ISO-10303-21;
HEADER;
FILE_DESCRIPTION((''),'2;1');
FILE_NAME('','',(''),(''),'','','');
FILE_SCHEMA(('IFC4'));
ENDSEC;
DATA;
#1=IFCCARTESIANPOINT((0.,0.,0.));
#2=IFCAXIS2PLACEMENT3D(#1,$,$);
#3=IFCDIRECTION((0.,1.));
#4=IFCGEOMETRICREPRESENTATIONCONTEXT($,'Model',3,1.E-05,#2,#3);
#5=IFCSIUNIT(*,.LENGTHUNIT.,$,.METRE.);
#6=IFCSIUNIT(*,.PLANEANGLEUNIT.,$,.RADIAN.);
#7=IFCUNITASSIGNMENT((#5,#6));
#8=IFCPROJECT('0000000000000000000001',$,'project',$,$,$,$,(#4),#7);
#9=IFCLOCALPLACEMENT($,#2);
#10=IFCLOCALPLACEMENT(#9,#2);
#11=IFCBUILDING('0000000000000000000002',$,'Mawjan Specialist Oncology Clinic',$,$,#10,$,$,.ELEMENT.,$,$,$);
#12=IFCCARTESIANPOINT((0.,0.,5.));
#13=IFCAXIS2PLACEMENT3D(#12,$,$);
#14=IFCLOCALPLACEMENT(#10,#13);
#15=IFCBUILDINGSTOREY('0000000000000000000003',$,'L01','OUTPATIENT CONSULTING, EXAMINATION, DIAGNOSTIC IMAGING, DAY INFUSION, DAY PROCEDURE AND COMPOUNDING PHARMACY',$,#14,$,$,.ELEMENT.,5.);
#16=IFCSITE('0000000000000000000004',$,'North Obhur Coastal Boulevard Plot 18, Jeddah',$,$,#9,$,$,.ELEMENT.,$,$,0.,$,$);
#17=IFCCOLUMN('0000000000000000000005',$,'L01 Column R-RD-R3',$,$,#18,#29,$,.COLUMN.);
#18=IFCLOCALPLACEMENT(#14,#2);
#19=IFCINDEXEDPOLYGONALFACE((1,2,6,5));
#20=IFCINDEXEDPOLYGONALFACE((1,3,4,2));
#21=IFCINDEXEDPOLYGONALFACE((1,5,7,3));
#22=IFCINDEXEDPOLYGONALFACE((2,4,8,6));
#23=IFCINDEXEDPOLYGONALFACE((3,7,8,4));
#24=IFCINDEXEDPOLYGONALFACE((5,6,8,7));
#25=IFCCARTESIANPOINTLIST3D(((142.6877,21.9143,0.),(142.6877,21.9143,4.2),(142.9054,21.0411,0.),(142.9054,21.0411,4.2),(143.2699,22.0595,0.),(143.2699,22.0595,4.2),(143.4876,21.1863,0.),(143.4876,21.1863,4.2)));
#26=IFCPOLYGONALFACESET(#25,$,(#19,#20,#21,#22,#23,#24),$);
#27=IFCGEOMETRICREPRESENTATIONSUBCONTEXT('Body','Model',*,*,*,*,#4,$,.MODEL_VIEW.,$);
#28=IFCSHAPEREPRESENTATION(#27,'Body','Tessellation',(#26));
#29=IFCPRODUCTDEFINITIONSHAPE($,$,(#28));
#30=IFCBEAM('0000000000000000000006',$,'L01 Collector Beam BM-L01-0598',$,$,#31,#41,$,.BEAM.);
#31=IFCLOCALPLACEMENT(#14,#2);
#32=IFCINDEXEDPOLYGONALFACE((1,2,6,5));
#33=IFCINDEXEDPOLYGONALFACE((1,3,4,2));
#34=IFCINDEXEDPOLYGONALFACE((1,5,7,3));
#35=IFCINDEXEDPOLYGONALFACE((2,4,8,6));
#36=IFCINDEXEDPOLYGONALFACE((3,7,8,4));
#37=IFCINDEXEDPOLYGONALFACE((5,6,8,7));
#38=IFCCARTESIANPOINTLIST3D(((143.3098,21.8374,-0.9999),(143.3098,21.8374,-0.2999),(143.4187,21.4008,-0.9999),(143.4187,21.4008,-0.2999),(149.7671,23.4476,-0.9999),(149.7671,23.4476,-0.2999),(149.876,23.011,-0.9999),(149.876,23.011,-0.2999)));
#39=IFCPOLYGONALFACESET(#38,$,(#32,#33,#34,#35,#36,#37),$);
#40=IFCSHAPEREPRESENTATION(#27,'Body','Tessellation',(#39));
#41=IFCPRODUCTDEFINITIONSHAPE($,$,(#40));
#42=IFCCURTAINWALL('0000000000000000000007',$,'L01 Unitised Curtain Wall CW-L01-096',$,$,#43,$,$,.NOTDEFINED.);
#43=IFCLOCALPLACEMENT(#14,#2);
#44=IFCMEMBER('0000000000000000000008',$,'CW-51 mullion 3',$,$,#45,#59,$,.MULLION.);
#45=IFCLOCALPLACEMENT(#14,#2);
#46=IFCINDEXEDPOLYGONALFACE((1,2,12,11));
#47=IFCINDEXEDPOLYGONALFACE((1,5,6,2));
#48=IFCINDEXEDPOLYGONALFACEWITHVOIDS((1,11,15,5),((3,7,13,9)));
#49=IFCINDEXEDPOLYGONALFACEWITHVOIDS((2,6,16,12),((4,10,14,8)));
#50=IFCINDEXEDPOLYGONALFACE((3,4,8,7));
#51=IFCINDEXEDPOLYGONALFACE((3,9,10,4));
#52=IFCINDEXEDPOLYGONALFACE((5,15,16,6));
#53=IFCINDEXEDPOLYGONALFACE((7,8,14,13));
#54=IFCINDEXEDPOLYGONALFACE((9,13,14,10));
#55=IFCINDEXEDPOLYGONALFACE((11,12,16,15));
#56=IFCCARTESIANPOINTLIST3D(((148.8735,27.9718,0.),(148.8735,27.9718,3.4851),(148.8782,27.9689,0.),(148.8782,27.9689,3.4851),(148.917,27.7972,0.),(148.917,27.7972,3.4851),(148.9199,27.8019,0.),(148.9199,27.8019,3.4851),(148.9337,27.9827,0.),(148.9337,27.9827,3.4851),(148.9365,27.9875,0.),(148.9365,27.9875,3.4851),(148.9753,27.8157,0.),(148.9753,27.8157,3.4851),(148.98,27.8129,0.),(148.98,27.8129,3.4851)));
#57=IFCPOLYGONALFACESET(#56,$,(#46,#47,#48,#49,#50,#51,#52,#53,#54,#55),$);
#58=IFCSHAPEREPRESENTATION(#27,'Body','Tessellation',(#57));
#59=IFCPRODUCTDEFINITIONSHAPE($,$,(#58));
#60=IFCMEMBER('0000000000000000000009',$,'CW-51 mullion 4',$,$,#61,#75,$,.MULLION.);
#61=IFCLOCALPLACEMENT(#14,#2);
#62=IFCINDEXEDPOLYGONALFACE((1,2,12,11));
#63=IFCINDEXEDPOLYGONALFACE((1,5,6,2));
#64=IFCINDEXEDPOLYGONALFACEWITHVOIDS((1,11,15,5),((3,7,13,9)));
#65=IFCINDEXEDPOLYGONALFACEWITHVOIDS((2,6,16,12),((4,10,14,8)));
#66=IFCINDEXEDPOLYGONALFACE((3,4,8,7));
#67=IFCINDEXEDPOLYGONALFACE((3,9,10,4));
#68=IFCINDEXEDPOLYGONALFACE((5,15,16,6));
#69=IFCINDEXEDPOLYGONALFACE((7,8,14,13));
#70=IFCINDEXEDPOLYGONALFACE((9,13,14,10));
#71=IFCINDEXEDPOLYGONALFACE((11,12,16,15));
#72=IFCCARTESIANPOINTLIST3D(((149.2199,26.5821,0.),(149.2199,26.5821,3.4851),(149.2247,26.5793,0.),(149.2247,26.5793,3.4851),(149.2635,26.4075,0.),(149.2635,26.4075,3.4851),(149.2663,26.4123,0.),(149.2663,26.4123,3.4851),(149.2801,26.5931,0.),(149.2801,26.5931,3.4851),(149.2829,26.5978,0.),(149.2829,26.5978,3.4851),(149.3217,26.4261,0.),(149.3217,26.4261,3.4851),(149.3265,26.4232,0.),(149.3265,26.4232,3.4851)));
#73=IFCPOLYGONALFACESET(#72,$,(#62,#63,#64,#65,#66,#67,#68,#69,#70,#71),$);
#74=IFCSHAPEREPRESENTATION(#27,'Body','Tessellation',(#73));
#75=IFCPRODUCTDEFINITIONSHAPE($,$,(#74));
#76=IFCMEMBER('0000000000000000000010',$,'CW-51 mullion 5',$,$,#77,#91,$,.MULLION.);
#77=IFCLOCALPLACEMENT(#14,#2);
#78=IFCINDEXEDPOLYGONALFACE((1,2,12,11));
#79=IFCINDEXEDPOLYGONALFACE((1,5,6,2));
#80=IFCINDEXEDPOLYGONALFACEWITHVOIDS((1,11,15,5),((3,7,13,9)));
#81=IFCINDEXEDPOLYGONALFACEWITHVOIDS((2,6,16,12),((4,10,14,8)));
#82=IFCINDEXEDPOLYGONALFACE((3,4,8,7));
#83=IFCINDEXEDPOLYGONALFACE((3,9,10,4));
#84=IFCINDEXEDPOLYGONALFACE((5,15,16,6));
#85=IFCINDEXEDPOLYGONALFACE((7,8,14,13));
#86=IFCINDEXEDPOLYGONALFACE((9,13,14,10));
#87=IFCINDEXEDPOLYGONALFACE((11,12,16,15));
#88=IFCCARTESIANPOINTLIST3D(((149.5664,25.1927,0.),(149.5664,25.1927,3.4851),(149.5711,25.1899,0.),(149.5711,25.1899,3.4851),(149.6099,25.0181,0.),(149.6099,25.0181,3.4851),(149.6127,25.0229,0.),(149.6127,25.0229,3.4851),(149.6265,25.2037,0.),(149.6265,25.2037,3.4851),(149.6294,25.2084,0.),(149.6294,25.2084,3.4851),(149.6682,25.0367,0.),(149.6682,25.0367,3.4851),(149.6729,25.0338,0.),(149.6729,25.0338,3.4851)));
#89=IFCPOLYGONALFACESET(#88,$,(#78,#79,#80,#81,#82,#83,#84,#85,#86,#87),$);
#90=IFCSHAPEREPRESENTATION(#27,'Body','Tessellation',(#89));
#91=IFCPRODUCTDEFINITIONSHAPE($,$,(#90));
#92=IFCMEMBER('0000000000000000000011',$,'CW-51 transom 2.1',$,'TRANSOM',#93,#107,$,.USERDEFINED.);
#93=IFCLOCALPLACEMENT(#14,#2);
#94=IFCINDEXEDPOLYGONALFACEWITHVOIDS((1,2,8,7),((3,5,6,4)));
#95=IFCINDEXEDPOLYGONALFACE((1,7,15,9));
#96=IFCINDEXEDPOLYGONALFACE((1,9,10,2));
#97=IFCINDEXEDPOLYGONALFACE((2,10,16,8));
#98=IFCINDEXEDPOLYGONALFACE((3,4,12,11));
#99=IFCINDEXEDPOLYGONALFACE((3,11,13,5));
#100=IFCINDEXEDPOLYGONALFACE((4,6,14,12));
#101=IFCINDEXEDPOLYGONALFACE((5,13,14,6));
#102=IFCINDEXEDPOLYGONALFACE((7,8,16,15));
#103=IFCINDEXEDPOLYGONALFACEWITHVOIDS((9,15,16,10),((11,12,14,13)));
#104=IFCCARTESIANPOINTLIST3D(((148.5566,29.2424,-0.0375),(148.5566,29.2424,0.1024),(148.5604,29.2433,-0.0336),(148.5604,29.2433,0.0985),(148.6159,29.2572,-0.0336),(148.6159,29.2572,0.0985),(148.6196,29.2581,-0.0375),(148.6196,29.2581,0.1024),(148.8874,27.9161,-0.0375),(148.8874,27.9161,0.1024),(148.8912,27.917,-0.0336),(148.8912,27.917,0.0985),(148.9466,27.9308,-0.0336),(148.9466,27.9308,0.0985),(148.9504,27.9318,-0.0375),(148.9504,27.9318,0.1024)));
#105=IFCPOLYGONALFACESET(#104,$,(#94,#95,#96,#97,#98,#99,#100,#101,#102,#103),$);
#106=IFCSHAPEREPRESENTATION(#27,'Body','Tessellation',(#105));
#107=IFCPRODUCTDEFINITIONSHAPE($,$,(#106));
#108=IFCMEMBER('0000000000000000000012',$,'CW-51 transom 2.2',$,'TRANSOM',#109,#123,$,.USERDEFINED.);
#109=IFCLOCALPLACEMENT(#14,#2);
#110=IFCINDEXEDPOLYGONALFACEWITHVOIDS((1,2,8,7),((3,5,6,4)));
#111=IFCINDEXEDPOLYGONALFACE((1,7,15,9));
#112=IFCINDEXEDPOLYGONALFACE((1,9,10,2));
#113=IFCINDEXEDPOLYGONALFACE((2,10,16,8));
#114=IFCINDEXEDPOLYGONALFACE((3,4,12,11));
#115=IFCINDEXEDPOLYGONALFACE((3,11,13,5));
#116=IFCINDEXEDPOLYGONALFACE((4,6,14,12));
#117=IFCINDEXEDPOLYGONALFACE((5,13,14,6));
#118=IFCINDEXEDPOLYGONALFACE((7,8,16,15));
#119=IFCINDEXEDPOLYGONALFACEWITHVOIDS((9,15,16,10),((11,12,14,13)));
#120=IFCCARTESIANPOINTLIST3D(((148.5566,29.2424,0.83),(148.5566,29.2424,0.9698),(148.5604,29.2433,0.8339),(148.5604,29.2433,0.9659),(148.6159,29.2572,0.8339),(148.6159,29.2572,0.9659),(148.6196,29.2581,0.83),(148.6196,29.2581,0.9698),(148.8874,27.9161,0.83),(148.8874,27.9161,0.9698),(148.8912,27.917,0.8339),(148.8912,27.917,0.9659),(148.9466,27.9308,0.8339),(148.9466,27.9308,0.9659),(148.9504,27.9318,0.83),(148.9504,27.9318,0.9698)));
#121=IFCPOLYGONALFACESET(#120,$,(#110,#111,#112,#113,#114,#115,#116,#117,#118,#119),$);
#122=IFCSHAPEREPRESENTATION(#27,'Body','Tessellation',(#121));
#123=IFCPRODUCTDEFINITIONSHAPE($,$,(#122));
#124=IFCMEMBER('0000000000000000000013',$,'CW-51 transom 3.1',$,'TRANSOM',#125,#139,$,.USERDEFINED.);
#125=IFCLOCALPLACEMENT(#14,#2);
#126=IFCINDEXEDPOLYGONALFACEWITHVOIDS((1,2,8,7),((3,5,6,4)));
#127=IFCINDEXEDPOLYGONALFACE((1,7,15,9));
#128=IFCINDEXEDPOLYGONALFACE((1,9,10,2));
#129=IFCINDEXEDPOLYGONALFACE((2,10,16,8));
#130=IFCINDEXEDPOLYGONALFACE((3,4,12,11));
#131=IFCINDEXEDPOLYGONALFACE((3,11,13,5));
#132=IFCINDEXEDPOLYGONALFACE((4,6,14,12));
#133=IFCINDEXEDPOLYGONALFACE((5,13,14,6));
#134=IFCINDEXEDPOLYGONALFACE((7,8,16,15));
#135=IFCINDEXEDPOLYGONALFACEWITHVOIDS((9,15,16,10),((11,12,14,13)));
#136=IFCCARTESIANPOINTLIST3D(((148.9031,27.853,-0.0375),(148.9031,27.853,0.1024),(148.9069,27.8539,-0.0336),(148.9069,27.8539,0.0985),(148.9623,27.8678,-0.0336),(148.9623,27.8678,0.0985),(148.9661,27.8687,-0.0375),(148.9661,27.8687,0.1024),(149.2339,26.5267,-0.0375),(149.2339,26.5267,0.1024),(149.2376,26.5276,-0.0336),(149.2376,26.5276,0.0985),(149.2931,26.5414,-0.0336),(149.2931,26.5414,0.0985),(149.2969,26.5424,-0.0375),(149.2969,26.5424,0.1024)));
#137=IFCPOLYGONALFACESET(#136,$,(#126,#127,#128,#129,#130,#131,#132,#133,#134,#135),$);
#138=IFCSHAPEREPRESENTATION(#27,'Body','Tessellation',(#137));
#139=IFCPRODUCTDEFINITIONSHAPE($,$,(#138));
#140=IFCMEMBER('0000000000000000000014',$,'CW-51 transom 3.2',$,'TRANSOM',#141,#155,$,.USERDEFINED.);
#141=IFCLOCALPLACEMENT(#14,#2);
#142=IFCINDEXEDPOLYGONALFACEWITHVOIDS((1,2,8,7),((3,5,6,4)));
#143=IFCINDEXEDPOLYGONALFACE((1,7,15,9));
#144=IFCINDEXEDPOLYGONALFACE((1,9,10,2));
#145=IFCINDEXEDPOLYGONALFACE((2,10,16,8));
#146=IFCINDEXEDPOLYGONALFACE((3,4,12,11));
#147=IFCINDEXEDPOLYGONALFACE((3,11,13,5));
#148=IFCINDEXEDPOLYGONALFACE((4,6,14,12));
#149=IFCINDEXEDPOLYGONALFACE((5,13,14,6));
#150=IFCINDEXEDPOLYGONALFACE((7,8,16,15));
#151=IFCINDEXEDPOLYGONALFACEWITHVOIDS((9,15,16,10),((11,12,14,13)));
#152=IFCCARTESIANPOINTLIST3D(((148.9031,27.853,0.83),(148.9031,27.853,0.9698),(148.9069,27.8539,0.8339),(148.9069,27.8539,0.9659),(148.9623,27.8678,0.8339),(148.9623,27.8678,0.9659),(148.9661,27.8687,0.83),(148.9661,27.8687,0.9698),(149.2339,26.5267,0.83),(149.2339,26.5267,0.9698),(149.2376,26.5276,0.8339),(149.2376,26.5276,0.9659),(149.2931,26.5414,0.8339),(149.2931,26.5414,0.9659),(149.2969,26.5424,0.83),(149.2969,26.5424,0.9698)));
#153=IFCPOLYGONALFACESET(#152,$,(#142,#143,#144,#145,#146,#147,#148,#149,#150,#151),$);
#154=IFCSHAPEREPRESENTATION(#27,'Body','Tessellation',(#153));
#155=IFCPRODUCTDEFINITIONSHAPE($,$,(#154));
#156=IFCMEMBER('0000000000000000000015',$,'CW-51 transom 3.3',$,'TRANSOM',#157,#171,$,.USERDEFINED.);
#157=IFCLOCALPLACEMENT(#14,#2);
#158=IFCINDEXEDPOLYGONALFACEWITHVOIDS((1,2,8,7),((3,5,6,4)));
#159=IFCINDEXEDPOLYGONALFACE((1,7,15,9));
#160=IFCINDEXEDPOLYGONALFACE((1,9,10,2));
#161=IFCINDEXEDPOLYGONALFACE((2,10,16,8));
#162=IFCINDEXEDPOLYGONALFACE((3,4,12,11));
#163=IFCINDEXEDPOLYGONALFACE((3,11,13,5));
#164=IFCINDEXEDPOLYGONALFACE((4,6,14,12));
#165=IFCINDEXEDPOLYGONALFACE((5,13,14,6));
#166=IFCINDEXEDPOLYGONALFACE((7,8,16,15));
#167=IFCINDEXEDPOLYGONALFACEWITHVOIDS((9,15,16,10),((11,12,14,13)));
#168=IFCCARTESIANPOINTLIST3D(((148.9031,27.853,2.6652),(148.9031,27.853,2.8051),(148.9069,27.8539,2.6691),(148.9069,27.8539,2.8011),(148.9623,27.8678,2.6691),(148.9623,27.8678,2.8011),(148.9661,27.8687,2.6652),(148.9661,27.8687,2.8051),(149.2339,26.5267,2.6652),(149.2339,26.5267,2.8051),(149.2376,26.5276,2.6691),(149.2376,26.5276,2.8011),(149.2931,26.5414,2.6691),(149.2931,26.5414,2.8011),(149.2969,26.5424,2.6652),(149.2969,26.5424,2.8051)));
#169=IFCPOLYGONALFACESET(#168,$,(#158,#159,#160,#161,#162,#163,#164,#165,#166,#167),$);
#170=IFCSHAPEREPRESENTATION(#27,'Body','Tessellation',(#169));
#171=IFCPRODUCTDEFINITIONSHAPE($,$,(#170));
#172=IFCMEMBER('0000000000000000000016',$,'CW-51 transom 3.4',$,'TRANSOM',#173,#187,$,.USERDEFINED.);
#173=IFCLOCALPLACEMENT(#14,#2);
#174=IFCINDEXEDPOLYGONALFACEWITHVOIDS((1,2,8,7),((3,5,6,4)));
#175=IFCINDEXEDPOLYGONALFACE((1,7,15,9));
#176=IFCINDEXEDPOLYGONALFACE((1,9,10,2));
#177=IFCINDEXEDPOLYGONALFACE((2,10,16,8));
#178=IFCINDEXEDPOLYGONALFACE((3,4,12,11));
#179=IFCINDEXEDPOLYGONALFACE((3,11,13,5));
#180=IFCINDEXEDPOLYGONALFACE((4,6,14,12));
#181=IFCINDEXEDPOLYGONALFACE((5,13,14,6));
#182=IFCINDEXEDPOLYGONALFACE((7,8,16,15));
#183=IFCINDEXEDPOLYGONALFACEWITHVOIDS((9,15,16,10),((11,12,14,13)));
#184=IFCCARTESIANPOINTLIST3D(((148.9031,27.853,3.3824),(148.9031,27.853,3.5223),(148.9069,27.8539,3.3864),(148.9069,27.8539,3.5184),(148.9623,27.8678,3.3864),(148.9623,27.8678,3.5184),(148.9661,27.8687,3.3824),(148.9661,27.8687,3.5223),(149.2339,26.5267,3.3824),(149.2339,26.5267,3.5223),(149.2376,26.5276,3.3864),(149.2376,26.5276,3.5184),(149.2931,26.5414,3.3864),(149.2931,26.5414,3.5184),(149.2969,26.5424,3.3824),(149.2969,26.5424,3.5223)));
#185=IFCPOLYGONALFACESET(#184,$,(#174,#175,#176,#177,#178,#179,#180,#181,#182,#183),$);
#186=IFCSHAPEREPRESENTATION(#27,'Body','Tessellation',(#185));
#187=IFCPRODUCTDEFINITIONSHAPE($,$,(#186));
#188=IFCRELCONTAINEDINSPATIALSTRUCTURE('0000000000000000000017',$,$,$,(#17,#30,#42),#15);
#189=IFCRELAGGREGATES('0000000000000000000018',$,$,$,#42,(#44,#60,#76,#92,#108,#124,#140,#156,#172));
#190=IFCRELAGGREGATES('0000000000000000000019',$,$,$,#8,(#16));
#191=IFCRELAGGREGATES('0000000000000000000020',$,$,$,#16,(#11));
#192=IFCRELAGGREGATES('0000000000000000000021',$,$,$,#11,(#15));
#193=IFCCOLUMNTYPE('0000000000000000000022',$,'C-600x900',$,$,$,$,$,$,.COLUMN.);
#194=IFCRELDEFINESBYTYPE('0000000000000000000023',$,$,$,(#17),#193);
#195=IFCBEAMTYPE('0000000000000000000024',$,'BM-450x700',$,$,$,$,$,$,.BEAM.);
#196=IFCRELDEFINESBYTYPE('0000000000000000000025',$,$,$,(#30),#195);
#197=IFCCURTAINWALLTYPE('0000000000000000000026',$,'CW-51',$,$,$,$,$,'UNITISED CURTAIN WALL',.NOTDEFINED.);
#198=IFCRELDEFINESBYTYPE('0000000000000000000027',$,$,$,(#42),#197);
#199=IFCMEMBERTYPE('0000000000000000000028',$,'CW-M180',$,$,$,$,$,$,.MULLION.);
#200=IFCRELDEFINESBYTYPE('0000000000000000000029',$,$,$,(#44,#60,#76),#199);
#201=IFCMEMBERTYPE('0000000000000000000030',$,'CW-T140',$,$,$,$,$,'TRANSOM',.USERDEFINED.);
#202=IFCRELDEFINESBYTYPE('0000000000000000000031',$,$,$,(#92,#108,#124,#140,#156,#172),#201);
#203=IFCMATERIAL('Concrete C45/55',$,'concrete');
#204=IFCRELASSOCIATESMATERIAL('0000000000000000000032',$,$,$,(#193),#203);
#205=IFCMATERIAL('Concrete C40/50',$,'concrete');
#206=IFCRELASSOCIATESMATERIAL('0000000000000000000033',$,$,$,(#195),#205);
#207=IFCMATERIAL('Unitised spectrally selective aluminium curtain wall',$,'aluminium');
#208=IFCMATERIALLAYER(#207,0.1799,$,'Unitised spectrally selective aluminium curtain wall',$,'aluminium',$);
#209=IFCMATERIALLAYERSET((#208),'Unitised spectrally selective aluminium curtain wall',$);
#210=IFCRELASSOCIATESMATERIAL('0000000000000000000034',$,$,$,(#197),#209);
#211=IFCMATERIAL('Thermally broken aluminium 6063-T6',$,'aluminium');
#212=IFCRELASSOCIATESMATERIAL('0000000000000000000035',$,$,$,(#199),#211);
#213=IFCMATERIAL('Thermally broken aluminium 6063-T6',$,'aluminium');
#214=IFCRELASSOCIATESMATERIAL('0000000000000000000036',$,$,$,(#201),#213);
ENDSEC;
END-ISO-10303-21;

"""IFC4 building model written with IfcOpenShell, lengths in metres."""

from ifc_helpers import new_model, si_unit, direction, frame, origin, origin_2d, place, context, subcontext, project, spatial, rectangle, hollow_rectangle, extrude, material, layer, layer_set, material_profile, profile_set, type_object, element, aggregate, save


model = new_model("IFC4")

# Units and contexts
model_context = context("Model", 3, precision=1e-05, world=origin(), true_north=direction((0.0, 1.0)))
body_context = subcontext(model_context, "Body", "Model", "MODEL_VIEW")
ifc_project = project(units=[si_unit("LENGTHUNIT", "METRE"), si_unit("PLANEANGLEUNIT", "RADIAN")], contexts=[model_context])

# Site, building, storey
site_placement = place(None, origin())
site = spatial("IfcSite", under=ifc_project, at=site_placement, Name="North Obhur Coastal Boulevard Plot 18, Jeddah", CompositionType="ELEMENT", RefElevation=0.0)
building_placement = place(site_placement, origin())
building = spatial("IfcBuilding", under=site, at=building_placement, Name="Mawjan Specialist Oncology Clinic", CompositionType="ELEMENT")
storey_placement = place(building_placement, frame((0.0, 0.0, 5.0)))
storey = spatial("IfcBuildingStorey", under=building, at=storey_placement, Name="L01", Description="OUTPATIENT CONSULTING, EXAMINATION, DIAGNOSTIC IMAGING, DAY INFUSION, DAY PROCEDURE AND COMPOUNDING PHARMACY", CompositionType="ELEMENT", Elevation=5.0)

# Column
ifc_material_1 = material(Name="Concrete C45/55", Category="concrete")
ifc_material_profile_1 = material_profile(ifc_material_1, rectangle(XDim=0.6001, YDim=0.8999, at=origin_2d()), Name="RC COL 600x900", Category="concrete")
ifc_profile_set_1 = profile_set([ifc_material_profile_1], Name="Concrete C45/55")
column_type = type_object("IfcColumnType", Name="C-600x900", PredefinedType="COLUMN", material=ifc_profile_set_1)
column_placement = place(storey_placement, frame((143.0876, 21.5503, 0.0), z_axis=(0.0, 0.0, 1.0), x_axis=(0.970296, 0.241922, 0.0)))
element("IfcColumn", 1, at=column_placement, inside=storey, type_object=column_type, Name="L01 Column R-RD-R3", PredefinedType="COLUMN", context=body_context, shape_type="SweptSolid", body=[
    extrude(rectangle(XDim=0.6001, YDim=0.8999, at=origin_2d()), origin(), (0.0, 0.0, 1.0), 4.2),
])

# Beam
ifc_material_2 = material(Name="Concrete C40/50", Category="concrete")
ifc_material_profile_2 = material_profile(ifc_material_2, rectangle(XDim=0.45, YDim=0.7, at=origin_2d()), Name="RC BM 450x700", Category="concrete")
ifc_profile_set_2 = profile_set([ifc_material_profile_2], Name="Concrete C40/50")
beam_type = type_object("IfcBeamType", Name="BM-450x700", PredefinedType="BEAM", material=ifc_profile_set_2)
beam_placement = place(storey_placement, frame((143.3643, 21.6191, -0.6499), z_axis=(0.970291, 0.24194, 0.0), x_axis=(-0.24194, 0.970291, 0.0)))
element("IfcBeam", 2, at=beam_placement, inside=storey, type_object=beam_type, Name="L01 Collector Beam BM-L01-0598", PredefinedType="BEAM", context=body_context, shape_type="SweptSolid", body=[
    extrude(rectangle(XDim=0.45, YDim=0.7, at=origin_2d()), origin(), (0.0, 0.0, 1.0), 6.655),
])

# Curtain wall, members
ifc_material_3 = material(Name="Unitised spectrally selective aluminium curtain wall", Category="aluminium")
ifc_layer_1 = layer(ifc_material_3, 0.1799, Name="Unitised spectrally selective aluminium curtain wall", Category="aluminium")
ifc_layer_set_1 = layer_set([ifc_layer_1], Name="Unitised spectrally selective aluminium curtain wall")
curtain_wall_type = type_object("IfcCurtainWallType", Name="CW-51", ElementType="UNITISED CURTAIN WALL", PredefinedType="NOTDEFINED", material=ifc_layer_set_1)
curtain_wall_placement = place(storey_placement, origin())
curtain_wall = element("IfcCurtainWall", 3, at=curtain_wall_placement, inside=storey, type_object=curtain_wall_type, Name="L01 Unitised Curtain Wall CW-L01-096", PredefinedType="NOTDEFINED")
ifc_material_4 = material(Name="Thermally broken aluminium 6063-T6", Category="aluminium")
ifc_material_profile_3 = material_profile(ifc_material_4, hollow_rectangle(XDim=0.0649, YDim=0.1799, WallThickness=0.0039, at=origin_2d()), Name="ALU MULLION 180x65x4", Category="aluminium")
ifc_profile_set_3 = profile_set([ifc_material_profile_3], Name="Thermally broken aluminium 6063-T6")
member_type_1 = type_object("IfcMemberType", Name="CW-M180", PredefinedType="MULLION", material=ifc_profile_set_3)
member_1_placement = place(storey_placement, frame((148.9268, 27.8923, 0.0), z_axis=(0.0, 0.0, 1.0), x_axis=(0.970296, 0.241922, 0.0)))
member_1 = element("IfcMember", 4, at=member_1_placement, type_object=member_type_1, Name="CW-51 mullion 3", PredefinedType="MULLION", context=body_context, shape_type="SweptSolid", body=[
    extrude(hollow_rectangle(XDim=0.0649, YDim=0.1799, WallThickness=0.0039, at=origin_2d()), origin(), (0.0, 0.0, 1.0), 3.4851),
])
member_2_placement = place(storey_placement, frame((149.2732, 26.5027, 0.0), z_axis=(0.0, 0.0, 1.0), x_axis=(0.970296, 0.241922, 0.0)))
member_2 = element("IfcMember", 5, at=member_2_placement, type_object=member_type_1, Name="CW-51 mullion 4", PredefinedType="MULLION", context=body_context, shape_type="SweptSolid", body=[
    extrude(hollow_rectangle(XDim=0.0649, YDim=0.1799, WallThickness=0.0039, at=origin_2d()), origin(), (0.0, 0.0, 1.0), 3.4851),
])
member_3_placement = place(storey_placement, frame((149.6196, 25.1133, 0.0), z_axis=(0.0, 0.0, 1.0), x_axis=(0.970296, 0.241922, 0.0)))
member_3 = element("IfcMember", 6, at=member_3_placement, type_object=member_type_1, Name="CW-51 mullion 5", PredefinedType="MULLION", context=body_context, shape_type="SweptSolid", body=[
    extrude(hollow_rectangle(XDim=0.0649, YDim=0.1799, WallThickness=0.0039, at=origin_2d()), origin(), (0.0, 0.0, 1.0), 3.4851),
])
ifc_material_5 = material(Name="Thermally broken aluminium 6063-T6", Category="aluminium")
ifc_material_profile_4 = material_profile(ifc_material_5, hollow_rectangle(XDim=0.0649, YDim=0.1399, WallThickness=0.0039, at=origin_2d()), Name="ALU TRANSOM 140x65x4", Category="aluminium")
ifc_profile_set_4 = profile_set([ifc_material_profile_4], Name="Thermally broken aluminium 6063-T6")
member_type_2 = type_object("IfcMemberType", Name="CW-T140", ElementType="TRANSOM", PredefinedType="USERDEFINED", material=ifc_profile_set_4)
member_4_placement = place(storey_placement, frame((148.5881, 29.2502, 0.0325), z_axis=(0.241989, -0.970279, 0.0), x_axis=(0.970279, 0.241989, 0.0)))
member_4 = element("IfcMember", 7, at=member_4_placement, type_object=member_type_2, Name="CW-51 transom 2.1", ObjectType="TRANSOM", PredefinedType="USERDEFINED", context=body_context, shape_type="SweptSolid", body=[
    extrude(hollow_rectangle(XDim=0.0649, YDim=0.1399, WallThickness=0.0039, at=origin_2d()), origin(), (0.0, 0.0, 1.0), 1.3669),
])
member_5_placement = place(storey_placement, frame((148.5881, 29.2502, 0.8999), z_axis=(0.241989, -0.970279, 0.0), x_axis=(0.970279, 0.241989, 0.0)))
member_5 = element("IfcMember", 8, at=member_5_placement, type_object=member_type_2, Name="CW-51 transom 2.2", ObjectType="TRANSOM", PredefinedType="USERDEFINED", context=body_context, shape_type="SweptSolid", body=[
    extrude(hollow_rectangle(XDim=0.0649, YDim=0.1399, WallThickness=0.0039, at=origin_2d()), origin(), (0.0, 0.0, 1.0), 1.3669),
])
member_6_placement = place(storey_placement, frame((148.9346, 27.8608, 0.0325), z_axis=(0.241989, -0.970279, 0.0), x_axis=(0.970279, 0.241989, 0.0)))
member_6 = element("IfcMember", 9, at=member_6_placement, type_object=member_type_2, Name="CW-51 transom 3.1", ObjectType="TRANSOM", PredefinedType="USERDEFINED", context=body_context, shape_type="SweptSolid", body=[
    extrude(hollow_rectangle(XDim=0.0649, YDim=0.1399, WallThickness=0.0039, at=origin_2d()), origin(), (0.0, 0.0, 1.0), 1.3669),
])
member_7_placement = place(storey_placement, frame((148.9346, 27.8608, 0.8999), z_axis=(0.241989, -0.970279, 0.0), x_axis=(0.970279, 0.241989, 0.0)))
member_7 = element("IfcMember", 10, at=member_7_placement, type_object=member_type_2, Name="CW-51 transom 3.2", ObjectType="TRANSOM", PredefinedType="USERDEFINED", context=body_context, shape_type="SweptSolid", body=[
    extrude(hollow_rectangle(XDim=0.0649, YDim=0.1399, WallThickness=0.0039, at=origin_2d()), origin(), (0.0, 0.0, 1.0), 1.3669),
])
member_8_placement = place(storey_placement, frame((148.9346, 27.8608, 2.7351), z_axis=(0.241989, -0.970279, 0.0), x_axis=(0.970279, 0.241989, 0.0)))
member_8 = element("IfcMember", 11, at=member_8_placement, type_object=member_type_2, Name="CW-51 transom 3.3", ObjectType="TRANSOM", PredefinedType="USERDEFINED", context=body_context, shape_type="SweptSolid", body=[
    extrude(hollow_rectangle(XDim=0.0649, YDim=0.1399, WallThickness=0.0039, at=origin_2d()), origin(), (0.0, 0.0, 1.0), 1.3669),
])
member_9_placement = place(storey_placement, frame((148.9346, 27.8608, 3.4524), z_axis=(0.241989, -0.970279, 0.0), x_axis=(0.970279, 0.241989, 0.0)))
member_9 = element("IfcMember", 12, at=member_9_placement, type_object=member_type_2, Name="CW-51 transom 3.4", ObjectType="TRANSOM", PredefinedType="USERDEFINED", context=body_context, shape_type="SweptSolid", body=[
    extrude(hollow_rectangle(XDim=0.0649, YDim=0.1399, WallThickness=0.0039, at=origin_2d()), origin(), (0.0, 0.0, 1.0), 1.3669),
])
aggregate(curtain_wall, [member_1, member_2, member_3, member_4, member_5, member_6, member_7, member_8, member_9])

save(model, "model.ifc")
